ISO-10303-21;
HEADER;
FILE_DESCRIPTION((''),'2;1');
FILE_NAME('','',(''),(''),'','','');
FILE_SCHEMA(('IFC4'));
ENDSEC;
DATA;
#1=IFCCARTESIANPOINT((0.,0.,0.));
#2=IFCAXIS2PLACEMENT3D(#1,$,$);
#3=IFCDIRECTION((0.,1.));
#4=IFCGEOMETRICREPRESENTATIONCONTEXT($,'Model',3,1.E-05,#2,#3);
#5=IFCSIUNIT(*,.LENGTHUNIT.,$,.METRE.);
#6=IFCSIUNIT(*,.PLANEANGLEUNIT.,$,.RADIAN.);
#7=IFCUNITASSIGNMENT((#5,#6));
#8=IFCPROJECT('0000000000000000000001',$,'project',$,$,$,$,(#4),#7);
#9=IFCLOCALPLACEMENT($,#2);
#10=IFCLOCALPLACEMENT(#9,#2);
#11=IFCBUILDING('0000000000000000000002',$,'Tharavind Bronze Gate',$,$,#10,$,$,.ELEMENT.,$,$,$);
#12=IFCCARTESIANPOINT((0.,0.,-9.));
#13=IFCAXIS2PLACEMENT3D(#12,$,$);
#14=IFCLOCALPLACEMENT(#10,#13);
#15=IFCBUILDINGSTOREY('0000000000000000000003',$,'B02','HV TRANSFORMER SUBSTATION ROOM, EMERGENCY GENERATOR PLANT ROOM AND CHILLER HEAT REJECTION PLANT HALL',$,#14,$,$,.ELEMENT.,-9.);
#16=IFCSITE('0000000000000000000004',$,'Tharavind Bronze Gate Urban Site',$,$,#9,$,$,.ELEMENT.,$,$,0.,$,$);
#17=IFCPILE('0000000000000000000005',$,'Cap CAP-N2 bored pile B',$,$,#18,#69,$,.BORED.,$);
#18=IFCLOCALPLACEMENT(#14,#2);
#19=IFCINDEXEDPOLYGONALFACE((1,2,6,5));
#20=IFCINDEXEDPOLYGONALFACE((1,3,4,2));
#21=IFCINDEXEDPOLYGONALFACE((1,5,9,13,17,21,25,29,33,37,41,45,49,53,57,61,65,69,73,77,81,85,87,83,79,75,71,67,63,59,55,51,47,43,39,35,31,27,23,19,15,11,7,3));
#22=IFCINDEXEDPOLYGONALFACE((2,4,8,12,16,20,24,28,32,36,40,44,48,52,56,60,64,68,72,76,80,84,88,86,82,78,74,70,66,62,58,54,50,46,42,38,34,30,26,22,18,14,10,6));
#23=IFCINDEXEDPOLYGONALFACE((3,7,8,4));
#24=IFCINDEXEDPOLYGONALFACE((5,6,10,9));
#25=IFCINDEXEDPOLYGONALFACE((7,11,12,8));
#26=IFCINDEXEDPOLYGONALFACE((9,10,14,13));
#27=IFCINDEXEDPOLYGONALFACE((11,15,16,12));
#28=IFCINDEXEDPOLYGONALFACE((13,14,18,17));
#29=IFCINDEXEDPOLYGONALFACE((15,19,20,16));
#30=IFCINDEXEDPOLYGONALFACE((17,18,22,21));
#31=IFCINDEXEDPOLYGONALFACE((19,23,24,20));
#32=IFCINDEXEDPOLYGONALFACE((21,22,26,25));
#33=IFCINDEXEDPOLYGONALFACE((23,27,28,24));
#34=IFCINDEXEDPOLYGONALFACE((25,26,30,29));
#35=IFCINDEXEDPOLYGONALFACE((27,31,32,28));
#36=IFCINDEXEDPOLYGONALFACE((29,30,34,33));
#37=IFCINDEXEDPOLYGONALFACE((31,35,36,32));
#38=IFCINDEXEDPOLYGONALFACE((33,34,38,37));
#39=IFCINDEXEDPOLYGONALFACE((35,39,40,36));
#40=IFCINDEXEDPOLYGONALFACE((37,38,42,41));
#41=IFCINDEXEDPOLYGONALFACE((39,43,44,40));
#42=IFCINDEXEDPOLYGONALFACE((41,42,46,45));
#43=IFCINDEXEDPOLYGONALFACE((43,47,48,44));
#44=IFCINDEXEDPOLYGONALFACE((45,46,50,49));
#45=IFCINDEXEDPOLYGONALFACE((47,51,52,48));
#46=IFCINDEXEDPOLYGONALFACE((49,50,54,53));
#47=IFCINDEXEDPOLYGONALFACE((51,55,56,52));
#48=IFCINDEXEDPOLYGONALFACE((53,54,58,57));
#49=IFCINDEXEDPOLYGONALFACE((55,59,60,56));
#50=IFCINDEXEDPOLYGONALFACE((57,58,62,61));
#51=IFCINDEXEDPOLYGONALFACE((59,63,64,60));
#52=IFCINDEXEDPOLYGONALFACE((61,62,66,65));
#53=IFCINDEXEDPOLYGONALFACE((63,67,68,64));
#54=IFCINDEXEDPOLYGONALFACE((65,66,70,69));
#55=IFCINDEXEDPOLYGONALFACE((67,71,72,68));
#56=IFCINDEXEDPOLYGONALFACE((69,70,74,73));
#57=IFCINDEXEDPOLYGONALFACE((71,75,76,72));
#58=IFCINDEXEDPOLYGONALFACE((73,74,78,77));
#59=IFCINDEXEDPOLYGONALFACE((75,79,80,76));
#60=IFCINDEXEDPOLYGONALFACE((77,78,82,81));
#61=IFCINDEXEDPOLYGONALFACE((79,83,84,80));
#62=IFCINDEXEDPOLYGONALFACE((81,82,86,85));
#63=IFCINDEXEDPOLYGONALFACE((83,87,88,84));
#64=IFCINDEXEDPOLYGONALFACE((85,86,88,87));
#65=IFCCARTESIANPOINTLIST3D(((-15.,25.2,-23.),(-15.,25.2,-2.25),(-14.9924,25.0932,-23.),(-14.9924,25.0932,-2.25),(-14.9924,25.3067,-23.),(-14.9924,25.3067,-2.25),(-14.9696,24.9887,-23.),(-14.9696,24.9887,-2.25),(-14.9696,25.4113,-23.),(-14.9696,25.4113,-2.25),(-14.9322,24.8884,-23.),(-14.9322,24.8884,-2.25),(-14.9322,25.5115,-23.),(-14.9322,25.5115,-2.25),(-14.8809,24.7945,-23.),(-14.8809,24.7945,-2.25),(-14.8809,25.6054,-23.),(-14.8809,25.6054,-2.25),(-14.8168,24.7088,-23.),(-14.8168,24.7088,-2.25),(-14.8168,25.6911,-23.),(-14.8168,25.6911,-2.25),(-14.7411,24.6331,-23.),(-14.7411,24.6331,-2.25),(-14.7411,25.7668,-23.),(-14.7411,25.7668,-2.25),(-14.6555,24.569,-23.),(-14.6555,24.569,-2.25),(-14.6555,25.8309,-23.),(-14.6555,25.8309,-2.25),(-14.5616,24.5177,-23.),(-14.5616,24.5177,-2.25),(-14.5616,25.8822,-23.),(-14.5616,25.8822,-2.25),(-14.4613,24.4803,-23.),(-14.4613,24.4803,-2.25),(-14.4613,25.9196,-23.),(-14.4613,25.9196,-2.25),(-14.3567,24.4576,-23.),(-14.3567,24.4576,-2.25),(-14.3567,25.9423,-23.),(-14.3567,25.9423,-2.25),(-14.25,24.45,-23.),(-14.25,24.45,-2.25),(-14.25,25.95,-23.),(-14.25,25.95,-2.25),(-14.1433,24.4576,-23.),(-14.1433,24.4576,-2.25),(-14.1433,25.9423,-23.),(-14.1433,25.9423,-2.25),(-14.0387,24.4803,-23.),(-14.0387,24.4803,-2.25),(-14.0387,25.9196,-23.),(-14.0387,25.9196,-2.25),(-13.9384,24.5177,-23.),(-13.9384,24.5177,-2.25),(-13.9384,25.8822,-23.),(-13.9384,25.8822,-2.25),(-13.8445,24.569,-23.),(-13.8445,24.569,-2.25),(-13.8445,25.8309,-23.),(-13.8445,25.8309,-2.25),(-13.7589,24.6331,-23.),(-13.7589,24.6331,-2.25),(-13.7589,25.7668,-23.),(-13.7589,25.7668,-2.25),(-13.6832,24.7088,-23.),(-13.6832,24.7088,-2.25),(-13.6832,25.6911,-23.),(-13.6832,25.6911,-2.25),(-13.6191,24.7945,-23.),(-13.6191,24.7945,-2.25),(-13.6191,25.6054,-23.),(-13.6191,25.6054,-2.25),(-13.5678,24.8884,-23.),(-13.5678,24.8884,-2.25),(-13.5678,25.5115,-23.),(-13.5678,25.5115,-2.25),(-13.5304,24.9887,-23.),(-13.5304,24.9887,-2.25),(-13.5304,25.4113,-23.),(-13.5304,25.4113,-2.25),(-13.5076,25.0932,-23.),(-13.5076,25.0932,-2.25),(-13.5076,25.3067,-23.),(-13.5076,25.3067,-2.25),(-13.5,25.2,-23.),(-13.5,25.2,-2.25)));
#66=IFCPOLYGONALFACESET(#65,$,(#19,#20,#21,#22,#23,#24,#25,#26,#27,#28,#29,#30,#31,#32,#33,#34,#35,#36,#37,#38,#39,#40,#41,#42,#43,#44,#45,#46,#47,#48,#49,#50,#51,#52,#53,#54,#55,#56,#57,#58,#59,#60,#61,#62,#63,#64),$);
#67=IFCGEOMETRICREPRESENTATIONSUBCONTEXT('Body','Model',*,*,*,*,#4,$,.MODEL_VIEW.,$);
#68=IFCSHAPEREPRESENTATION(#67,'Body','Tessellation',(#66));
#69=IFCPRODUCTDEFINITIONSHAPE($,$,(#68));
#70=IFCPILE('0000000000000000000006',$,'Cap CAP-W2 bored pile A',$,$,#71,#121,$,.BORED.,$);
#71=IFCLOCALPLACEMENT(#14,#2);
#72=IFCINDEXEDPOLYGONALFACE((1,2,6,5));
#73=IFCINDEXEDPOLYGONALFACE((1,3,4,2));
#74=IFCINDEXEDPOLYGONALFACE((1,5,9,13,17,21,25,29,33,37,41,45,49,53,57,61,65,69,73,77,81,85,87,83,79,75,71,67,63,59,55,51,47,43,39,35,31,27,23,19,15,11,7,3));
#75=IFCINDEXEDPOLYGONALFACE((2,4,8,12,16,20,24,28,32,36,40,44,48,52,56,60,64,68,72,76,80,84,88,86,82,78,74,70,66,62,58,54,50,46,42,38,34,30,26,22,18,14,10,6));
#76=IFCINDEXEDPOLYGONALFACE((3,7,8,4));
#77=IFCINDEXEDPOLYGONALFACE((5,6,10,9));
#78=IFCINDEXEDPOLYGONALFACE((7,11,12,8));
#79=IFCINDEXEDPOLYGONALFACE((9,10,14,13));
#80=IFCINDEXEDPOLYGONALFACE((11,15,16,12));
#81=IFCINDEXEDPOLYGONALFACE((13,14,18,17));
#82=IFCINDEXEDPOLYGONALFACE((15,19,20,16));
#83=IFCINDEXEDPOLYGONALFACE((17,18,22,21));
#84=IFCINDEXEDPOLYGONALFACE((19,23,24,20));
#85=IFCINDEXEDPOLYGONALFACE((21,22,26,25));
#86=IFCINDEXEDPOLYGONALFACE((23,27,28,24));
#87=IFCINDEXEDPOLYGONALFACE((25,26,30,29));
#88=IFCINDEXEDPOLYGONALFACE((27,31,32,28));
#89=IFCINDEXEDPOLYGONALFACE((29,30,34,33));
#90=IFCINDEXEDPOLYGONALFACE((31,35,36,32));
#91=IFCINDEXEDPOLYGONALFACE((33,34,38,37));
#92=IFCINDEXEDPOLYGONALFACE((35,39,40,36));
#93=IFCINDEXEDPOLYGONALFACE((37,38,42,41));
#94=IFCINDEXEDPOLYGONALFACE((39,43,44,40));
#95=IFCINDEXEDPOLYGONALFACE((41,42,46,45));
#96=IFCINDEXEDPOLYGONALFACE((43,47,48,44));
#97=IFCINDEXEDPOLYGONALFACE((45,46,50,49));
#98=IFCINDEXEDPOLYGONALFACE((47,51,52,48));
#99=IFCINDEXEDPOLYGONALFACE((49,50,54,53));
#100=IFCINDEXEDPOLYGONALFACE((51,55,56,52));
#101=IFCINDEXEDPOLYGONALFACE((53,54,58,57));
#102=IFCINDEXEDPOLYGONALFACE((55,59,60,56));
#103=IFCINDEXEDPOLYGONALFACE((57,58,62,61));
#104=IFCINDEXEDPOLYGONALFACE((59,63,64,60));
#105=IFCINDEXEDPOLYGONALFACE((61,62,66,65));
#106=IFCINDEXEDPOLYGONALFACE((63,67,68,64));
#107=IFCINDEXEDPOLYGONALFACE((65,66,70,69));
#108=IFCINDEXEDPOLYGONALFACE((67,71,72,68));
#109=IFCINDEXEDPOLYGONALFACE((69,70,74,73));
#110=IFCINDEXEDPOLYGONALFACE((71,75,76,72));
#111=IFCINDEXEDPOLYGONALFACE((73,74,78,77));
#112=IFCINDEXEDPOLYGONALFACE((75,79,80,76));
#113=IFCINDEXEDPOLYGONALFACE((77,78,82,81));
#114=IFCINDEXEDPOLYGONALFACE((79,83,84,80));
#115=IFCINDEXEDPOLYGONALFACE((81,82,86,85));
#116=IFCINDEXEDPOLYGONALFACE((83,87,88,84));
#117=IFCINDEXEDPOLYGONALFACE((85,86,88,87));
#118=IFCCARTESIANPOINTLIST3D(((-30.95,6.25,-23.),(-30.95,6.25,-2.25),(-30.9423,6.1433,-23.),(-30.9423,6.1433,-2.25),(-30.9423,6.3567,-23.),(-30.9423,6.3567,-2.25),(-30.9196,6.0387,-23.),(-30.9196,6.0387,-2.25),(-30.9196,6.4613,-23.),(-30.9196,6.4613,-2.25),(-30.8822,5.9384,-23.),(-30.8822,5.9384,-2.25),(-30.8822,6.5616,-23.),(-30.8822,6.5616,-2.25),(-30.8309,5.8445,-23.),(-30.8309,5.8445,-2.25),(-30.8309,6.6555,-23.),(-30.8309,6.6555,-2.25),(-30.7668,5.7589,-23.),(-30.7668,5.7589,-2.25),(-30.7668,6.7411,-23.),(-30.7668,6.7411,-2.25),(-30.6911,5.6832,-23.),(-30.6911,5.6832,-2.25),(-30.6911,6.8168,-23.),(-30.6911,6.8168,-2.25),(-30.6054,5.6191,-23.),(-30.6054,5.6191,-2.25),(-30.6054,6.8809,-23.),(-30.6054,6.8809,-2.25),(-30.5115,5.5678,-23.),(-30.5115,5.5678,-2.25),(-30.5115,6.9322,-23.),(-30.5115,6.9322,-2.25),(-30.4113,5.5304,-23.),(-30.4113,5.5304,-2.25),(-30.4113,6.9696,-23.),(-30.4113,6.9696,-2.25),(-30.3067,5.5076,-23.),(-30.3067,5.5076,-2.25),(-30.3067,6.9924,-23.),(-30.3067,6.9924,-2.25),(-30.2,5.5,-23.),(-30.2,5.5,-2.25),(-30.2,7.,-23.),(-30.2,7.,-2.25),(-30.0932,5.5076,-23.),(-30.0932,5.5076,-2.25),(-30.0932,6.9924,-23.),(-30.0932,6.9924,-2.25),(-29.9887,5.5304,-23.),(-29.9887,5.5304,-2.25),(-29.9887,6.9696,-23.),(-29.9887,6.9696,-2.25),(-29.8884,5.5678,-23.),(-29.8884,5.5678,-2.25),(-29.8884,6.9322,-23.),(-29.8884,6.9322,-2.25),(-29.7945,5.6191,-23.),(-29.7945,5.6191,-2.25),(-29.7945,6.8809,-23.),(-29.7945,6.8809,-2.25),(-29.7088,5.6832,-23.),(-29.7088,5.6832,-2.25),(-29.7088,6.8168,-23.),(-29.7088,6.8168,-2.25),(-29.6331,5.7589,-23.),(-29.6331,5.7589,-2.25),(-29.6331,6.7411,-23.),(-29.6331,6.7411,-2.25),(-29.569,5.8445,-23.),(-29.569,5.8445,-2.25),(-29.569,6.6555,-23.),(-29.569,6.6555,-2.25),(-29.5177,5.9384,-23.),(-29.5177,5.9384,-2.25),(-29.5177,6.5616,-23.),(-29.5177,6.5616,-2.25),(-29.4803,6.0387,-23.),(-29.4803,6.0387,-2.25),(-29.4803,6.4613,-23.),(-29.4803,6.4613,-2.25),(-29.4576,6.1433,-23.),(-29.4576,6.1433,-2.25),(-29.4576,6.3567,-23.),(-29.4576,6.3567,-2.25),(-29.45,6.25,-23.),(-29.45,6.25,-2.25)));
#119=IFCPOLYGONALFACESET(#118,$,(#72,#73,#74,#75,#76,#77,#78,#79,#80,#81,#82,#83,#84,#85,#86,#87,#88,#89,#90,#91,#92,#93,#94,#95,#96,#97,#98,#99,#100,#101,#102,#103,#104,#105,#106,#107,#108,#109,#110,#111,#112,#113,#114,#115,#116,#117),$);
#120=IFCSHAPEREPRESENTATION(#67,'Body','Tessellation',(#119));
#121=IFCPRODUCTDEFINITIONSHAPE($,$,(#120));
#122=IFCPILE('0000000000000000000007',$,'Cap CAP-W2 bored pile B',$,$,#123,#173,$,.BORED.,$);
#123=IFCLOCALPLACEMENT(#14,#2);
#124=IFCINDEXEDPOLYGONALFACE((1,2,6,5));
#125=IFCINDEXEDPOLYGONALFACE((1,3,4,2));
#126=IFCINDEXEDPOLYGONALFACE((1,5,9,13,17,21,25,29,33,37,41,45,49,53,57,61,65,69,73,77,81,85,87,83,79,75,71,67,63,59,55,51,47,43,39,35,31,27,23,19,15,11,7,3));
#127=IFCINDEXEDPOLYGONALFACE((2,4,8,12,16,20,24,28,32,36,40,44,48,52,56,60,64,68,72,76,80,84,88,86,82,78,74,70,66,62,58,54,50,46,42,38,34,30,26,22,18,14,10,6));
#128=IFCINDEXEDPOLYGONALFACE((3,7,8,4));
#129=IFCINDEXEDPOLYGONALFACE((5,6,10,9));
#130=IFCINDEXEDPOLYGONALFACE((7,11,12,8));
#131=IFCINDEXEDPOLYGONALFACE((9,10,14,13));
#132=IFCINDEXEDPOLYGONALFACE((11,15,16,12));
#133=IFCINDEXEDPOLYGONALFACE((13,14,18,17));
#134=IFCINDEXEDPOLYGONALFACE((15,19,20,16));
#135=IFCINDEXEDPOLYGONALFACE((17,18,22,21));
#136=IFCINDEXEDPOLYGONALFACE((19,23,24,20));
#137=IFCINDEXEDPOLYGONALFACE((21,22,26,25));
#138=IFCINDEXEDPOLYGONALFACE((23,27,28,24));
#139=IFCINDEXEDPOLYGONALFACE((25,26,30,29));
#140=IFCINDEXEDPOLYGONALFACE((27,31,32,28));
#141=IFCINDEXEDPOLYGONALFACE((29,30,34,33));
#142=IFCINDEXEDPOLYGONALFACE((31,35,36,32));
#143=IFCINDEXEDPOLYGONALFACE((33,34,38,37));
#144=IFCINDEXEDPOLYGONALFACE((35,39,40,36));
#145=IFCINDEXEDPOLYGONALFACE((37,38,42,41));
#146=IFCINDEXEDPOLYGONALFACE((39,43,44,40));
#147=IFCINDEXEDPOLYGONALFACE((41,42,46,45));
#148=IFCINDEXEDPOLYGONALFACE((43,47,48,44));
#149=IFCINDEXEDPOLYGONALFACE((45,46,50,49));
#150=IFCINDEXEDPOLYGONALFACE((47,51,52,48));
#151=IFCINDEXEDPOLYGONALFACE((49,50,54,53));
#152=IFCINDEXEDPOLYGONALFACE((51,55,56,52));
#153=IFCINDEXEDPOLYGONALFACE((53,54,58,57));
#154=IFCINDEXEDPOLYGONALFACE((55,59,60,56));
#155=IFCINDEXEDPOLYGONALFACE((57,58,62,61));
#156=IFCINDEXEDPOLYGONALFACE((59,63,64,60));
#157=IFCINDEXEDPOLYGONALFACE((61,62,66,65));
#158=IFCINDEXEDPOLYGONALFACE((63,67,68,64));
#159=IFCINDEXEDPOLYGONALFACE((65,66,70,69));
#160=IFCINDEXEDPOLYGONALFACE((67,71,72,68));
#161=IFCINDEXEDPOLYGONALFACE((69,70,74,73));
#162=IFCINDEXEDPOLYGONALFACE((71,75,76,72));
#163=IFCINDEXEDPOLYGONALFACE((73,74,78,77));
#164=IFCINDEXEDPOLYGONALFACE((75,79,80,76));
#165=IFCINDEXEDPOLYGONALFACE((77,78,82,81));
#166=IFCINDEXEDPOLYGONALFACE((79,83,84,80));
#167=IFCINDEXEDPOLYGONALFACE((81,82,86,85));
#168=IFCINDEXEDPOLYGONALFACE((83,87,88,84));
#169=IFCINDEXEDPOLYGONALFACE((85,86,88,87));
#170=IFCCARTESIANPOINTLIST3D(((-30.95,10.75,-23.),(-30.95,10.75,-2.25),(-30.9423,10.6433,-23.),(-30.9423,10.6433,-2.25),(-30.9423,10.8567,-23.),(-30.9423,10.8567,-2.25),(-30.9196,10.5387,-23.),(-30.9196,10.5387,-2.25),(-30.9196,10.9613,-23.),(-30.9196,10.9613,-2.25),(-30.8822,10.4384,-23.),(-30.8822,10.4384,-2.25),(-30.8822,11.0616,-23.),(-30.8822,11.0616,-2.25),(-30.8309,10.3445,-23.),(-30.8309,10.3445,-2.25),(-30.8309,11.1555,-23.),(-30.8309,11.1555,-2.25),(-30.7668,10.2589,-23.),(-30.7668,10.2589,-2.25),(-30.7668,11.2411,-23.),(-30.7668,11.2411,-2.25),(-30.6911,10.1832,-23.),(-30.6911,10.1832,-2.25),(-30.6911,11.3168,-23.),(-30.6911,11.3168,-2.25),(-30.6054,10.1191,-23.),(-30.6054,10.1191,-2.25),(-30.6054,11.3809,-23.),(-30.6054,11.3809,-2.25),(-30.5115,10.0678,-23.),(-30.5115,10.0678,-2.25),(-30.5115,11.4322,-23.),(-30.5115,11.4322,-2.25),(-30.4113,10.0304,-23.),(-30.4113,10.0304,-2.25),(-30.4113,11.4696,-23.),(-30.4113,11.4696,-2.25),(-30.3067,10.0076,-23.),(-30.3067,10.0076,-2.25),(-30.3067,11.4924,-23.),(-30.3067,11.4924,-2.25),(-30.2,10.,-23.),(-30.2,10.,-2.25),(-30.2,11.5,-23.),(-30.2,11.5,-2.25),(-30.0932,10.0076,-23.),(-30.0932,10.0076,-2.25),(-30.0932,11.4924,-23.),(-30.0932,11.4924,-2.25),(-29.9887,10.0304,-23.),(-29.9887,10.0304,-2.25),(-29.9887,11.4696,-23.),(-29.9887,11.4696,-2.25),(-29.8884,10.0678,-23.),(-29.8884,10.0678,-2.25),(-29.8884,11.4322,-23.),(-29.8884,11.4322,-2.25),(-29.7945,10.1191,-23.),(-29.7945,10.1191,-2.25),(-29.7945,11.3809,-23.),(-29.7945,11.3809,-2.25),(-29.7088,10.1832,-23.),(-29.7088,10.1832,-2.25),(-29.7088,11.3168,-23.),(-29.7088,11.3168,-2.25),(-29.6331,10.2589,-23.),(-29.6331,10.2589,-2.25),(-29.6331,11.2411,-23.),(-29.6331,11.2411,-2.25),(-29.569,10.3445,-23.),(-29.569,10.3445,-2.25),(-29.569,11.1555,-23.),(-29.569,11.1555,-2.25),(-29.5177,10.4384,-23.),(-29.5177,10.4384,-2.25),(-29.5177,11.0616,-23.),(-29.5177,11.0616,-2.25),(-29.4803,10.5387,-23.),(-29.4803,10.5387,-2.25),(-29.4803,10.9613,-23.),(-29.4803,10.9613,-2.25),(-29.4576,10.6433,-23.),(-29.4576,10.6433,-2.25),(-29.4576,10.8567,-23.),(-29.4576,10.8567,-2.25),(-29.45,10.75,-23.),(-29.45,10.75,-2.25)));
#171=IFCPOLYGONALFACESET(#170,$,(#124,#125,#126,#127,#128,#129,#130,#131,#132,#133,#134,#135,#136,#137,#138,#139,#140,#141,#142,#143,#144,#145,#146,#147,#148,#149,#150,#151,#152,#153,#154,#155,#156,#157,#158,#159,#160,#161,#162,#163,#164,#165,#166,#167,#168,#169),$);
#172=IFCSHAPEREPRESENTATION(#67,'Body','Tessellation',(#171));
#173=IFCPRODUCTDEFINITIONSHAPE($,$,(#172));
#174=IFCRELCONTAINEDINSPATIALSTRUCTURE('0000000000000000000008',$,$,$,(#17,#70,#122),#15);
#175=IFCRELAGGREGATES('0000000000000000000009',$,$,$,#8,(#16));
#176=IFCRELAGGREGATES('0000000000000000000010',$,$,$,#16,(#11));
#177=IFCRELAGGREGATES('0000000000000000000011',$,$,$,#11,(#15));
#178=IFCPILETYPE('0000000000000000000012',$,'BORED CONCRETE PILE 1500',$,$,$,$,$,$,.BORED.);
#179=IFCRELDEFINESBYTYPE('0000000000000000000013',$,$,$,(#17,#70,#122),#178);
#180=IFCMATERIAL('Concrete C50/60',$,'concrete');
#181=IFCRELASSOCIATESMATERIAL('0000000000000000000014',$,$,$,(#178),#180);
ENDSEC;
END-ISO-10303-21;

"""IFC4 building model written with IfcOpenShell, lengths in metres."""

from ifc_helpers import new_model, si_unit, direction, frame, origin, origin_2d, place, context, subcontext, project, spatial, circle, extrude, material, material_profile, profile_set, type_object, element, save


model = new_model("IFC4")

# Units and contexts
model_context = context("Model", 3, precision=1e-05, world=origin(), true_north=direction((0.0, 1.0)))
body_context = subcontext(model_context, "Body", "Model", "MODEL_VIEW")
ifc_project = project(units=[si_unit("LENGTHUNIT", "METRE"), si_unit("PLANEANGLEUNIT", "RADIAN")], contexts=[model_context])

# Site, building, storey
site_placement = place(None, origin())
site = spatial("IfcSite", under=ifc_project, at=site_placement, Name="Tharavind Bronze Gate Urban Site", CompositionType="ELEMENT", RefElevation=0.0)
building_placement = place(site_placement, origin())
building = spatial("IfcBuilding", under=site, at=building_placement, Name="Tharavind Bronze Gate", CompositionType="ELEMENT")
storey_placement = place(building_placement, frame((0.0, 0.0, -9.0)))
storey = spatial("IfcBuildingStorey", under=building, at=storey_placement, Name="B02", Description="HV TRANSFORMER SUBSTATION ROOM, EMERGENCY GENERATOR PLANT ROOM AND CHILLER HEAT REJECTION PLANT HALL", CompositionType="ELEMENT", Elevation=-9.0)

# Piles
ifc_material_1 = material(Name="Concrete C50/60", Category="concrete")
ifc_material_profile_1 = material_profile(ifc_material_1, circle(Radius=0.75, at=origin_2d()), Name="PILE1500")
ifc_profile_set_1 = profile_set([ifc_material_profile_1], Name="Concrete C50/60")
pile_type_1 = type_object("IfcPileType", Name="BORED CONCRETE PILE 1500", PredefinedType="BORED", material=ifc_profile_set_1)
for number, where, z_axis, x_axis, name in (
    (1, (-14.25, 25.2, -2.25), (0.0, 0.0, -1.0), (1.0, 0.0, 0.0), "Cap CAP-N2 bored pile B"),
    (2, (-30.2, 6.25, -2.25), (0.0, 0.0, -1.0), (1.0, 0.0, 0.0), "Cap CAP-W2 bored pile A"),
    (3, (-30.2, 10.75, -2.25), (0.0, 0.0, -1.0), (1.0, 0.0, 0.0), "Cap CAP-W2 bored pile B"),
):
    element("IfcPile", number, at=place(storey_placement, frame(where, z_axis=z_axis, x_axis=x_axis)), inside=storey, type_object=pile_type_1, Name=name, PredefinedType="BORED", context=body_context, shape_type="SweptSolid", body=[
        extrude(circle(Radius=0.75, at=origin_2d()), origin(), (0.0, 0.0, 1.0), 20.75),
    ])

save(model, "model.ifc")
